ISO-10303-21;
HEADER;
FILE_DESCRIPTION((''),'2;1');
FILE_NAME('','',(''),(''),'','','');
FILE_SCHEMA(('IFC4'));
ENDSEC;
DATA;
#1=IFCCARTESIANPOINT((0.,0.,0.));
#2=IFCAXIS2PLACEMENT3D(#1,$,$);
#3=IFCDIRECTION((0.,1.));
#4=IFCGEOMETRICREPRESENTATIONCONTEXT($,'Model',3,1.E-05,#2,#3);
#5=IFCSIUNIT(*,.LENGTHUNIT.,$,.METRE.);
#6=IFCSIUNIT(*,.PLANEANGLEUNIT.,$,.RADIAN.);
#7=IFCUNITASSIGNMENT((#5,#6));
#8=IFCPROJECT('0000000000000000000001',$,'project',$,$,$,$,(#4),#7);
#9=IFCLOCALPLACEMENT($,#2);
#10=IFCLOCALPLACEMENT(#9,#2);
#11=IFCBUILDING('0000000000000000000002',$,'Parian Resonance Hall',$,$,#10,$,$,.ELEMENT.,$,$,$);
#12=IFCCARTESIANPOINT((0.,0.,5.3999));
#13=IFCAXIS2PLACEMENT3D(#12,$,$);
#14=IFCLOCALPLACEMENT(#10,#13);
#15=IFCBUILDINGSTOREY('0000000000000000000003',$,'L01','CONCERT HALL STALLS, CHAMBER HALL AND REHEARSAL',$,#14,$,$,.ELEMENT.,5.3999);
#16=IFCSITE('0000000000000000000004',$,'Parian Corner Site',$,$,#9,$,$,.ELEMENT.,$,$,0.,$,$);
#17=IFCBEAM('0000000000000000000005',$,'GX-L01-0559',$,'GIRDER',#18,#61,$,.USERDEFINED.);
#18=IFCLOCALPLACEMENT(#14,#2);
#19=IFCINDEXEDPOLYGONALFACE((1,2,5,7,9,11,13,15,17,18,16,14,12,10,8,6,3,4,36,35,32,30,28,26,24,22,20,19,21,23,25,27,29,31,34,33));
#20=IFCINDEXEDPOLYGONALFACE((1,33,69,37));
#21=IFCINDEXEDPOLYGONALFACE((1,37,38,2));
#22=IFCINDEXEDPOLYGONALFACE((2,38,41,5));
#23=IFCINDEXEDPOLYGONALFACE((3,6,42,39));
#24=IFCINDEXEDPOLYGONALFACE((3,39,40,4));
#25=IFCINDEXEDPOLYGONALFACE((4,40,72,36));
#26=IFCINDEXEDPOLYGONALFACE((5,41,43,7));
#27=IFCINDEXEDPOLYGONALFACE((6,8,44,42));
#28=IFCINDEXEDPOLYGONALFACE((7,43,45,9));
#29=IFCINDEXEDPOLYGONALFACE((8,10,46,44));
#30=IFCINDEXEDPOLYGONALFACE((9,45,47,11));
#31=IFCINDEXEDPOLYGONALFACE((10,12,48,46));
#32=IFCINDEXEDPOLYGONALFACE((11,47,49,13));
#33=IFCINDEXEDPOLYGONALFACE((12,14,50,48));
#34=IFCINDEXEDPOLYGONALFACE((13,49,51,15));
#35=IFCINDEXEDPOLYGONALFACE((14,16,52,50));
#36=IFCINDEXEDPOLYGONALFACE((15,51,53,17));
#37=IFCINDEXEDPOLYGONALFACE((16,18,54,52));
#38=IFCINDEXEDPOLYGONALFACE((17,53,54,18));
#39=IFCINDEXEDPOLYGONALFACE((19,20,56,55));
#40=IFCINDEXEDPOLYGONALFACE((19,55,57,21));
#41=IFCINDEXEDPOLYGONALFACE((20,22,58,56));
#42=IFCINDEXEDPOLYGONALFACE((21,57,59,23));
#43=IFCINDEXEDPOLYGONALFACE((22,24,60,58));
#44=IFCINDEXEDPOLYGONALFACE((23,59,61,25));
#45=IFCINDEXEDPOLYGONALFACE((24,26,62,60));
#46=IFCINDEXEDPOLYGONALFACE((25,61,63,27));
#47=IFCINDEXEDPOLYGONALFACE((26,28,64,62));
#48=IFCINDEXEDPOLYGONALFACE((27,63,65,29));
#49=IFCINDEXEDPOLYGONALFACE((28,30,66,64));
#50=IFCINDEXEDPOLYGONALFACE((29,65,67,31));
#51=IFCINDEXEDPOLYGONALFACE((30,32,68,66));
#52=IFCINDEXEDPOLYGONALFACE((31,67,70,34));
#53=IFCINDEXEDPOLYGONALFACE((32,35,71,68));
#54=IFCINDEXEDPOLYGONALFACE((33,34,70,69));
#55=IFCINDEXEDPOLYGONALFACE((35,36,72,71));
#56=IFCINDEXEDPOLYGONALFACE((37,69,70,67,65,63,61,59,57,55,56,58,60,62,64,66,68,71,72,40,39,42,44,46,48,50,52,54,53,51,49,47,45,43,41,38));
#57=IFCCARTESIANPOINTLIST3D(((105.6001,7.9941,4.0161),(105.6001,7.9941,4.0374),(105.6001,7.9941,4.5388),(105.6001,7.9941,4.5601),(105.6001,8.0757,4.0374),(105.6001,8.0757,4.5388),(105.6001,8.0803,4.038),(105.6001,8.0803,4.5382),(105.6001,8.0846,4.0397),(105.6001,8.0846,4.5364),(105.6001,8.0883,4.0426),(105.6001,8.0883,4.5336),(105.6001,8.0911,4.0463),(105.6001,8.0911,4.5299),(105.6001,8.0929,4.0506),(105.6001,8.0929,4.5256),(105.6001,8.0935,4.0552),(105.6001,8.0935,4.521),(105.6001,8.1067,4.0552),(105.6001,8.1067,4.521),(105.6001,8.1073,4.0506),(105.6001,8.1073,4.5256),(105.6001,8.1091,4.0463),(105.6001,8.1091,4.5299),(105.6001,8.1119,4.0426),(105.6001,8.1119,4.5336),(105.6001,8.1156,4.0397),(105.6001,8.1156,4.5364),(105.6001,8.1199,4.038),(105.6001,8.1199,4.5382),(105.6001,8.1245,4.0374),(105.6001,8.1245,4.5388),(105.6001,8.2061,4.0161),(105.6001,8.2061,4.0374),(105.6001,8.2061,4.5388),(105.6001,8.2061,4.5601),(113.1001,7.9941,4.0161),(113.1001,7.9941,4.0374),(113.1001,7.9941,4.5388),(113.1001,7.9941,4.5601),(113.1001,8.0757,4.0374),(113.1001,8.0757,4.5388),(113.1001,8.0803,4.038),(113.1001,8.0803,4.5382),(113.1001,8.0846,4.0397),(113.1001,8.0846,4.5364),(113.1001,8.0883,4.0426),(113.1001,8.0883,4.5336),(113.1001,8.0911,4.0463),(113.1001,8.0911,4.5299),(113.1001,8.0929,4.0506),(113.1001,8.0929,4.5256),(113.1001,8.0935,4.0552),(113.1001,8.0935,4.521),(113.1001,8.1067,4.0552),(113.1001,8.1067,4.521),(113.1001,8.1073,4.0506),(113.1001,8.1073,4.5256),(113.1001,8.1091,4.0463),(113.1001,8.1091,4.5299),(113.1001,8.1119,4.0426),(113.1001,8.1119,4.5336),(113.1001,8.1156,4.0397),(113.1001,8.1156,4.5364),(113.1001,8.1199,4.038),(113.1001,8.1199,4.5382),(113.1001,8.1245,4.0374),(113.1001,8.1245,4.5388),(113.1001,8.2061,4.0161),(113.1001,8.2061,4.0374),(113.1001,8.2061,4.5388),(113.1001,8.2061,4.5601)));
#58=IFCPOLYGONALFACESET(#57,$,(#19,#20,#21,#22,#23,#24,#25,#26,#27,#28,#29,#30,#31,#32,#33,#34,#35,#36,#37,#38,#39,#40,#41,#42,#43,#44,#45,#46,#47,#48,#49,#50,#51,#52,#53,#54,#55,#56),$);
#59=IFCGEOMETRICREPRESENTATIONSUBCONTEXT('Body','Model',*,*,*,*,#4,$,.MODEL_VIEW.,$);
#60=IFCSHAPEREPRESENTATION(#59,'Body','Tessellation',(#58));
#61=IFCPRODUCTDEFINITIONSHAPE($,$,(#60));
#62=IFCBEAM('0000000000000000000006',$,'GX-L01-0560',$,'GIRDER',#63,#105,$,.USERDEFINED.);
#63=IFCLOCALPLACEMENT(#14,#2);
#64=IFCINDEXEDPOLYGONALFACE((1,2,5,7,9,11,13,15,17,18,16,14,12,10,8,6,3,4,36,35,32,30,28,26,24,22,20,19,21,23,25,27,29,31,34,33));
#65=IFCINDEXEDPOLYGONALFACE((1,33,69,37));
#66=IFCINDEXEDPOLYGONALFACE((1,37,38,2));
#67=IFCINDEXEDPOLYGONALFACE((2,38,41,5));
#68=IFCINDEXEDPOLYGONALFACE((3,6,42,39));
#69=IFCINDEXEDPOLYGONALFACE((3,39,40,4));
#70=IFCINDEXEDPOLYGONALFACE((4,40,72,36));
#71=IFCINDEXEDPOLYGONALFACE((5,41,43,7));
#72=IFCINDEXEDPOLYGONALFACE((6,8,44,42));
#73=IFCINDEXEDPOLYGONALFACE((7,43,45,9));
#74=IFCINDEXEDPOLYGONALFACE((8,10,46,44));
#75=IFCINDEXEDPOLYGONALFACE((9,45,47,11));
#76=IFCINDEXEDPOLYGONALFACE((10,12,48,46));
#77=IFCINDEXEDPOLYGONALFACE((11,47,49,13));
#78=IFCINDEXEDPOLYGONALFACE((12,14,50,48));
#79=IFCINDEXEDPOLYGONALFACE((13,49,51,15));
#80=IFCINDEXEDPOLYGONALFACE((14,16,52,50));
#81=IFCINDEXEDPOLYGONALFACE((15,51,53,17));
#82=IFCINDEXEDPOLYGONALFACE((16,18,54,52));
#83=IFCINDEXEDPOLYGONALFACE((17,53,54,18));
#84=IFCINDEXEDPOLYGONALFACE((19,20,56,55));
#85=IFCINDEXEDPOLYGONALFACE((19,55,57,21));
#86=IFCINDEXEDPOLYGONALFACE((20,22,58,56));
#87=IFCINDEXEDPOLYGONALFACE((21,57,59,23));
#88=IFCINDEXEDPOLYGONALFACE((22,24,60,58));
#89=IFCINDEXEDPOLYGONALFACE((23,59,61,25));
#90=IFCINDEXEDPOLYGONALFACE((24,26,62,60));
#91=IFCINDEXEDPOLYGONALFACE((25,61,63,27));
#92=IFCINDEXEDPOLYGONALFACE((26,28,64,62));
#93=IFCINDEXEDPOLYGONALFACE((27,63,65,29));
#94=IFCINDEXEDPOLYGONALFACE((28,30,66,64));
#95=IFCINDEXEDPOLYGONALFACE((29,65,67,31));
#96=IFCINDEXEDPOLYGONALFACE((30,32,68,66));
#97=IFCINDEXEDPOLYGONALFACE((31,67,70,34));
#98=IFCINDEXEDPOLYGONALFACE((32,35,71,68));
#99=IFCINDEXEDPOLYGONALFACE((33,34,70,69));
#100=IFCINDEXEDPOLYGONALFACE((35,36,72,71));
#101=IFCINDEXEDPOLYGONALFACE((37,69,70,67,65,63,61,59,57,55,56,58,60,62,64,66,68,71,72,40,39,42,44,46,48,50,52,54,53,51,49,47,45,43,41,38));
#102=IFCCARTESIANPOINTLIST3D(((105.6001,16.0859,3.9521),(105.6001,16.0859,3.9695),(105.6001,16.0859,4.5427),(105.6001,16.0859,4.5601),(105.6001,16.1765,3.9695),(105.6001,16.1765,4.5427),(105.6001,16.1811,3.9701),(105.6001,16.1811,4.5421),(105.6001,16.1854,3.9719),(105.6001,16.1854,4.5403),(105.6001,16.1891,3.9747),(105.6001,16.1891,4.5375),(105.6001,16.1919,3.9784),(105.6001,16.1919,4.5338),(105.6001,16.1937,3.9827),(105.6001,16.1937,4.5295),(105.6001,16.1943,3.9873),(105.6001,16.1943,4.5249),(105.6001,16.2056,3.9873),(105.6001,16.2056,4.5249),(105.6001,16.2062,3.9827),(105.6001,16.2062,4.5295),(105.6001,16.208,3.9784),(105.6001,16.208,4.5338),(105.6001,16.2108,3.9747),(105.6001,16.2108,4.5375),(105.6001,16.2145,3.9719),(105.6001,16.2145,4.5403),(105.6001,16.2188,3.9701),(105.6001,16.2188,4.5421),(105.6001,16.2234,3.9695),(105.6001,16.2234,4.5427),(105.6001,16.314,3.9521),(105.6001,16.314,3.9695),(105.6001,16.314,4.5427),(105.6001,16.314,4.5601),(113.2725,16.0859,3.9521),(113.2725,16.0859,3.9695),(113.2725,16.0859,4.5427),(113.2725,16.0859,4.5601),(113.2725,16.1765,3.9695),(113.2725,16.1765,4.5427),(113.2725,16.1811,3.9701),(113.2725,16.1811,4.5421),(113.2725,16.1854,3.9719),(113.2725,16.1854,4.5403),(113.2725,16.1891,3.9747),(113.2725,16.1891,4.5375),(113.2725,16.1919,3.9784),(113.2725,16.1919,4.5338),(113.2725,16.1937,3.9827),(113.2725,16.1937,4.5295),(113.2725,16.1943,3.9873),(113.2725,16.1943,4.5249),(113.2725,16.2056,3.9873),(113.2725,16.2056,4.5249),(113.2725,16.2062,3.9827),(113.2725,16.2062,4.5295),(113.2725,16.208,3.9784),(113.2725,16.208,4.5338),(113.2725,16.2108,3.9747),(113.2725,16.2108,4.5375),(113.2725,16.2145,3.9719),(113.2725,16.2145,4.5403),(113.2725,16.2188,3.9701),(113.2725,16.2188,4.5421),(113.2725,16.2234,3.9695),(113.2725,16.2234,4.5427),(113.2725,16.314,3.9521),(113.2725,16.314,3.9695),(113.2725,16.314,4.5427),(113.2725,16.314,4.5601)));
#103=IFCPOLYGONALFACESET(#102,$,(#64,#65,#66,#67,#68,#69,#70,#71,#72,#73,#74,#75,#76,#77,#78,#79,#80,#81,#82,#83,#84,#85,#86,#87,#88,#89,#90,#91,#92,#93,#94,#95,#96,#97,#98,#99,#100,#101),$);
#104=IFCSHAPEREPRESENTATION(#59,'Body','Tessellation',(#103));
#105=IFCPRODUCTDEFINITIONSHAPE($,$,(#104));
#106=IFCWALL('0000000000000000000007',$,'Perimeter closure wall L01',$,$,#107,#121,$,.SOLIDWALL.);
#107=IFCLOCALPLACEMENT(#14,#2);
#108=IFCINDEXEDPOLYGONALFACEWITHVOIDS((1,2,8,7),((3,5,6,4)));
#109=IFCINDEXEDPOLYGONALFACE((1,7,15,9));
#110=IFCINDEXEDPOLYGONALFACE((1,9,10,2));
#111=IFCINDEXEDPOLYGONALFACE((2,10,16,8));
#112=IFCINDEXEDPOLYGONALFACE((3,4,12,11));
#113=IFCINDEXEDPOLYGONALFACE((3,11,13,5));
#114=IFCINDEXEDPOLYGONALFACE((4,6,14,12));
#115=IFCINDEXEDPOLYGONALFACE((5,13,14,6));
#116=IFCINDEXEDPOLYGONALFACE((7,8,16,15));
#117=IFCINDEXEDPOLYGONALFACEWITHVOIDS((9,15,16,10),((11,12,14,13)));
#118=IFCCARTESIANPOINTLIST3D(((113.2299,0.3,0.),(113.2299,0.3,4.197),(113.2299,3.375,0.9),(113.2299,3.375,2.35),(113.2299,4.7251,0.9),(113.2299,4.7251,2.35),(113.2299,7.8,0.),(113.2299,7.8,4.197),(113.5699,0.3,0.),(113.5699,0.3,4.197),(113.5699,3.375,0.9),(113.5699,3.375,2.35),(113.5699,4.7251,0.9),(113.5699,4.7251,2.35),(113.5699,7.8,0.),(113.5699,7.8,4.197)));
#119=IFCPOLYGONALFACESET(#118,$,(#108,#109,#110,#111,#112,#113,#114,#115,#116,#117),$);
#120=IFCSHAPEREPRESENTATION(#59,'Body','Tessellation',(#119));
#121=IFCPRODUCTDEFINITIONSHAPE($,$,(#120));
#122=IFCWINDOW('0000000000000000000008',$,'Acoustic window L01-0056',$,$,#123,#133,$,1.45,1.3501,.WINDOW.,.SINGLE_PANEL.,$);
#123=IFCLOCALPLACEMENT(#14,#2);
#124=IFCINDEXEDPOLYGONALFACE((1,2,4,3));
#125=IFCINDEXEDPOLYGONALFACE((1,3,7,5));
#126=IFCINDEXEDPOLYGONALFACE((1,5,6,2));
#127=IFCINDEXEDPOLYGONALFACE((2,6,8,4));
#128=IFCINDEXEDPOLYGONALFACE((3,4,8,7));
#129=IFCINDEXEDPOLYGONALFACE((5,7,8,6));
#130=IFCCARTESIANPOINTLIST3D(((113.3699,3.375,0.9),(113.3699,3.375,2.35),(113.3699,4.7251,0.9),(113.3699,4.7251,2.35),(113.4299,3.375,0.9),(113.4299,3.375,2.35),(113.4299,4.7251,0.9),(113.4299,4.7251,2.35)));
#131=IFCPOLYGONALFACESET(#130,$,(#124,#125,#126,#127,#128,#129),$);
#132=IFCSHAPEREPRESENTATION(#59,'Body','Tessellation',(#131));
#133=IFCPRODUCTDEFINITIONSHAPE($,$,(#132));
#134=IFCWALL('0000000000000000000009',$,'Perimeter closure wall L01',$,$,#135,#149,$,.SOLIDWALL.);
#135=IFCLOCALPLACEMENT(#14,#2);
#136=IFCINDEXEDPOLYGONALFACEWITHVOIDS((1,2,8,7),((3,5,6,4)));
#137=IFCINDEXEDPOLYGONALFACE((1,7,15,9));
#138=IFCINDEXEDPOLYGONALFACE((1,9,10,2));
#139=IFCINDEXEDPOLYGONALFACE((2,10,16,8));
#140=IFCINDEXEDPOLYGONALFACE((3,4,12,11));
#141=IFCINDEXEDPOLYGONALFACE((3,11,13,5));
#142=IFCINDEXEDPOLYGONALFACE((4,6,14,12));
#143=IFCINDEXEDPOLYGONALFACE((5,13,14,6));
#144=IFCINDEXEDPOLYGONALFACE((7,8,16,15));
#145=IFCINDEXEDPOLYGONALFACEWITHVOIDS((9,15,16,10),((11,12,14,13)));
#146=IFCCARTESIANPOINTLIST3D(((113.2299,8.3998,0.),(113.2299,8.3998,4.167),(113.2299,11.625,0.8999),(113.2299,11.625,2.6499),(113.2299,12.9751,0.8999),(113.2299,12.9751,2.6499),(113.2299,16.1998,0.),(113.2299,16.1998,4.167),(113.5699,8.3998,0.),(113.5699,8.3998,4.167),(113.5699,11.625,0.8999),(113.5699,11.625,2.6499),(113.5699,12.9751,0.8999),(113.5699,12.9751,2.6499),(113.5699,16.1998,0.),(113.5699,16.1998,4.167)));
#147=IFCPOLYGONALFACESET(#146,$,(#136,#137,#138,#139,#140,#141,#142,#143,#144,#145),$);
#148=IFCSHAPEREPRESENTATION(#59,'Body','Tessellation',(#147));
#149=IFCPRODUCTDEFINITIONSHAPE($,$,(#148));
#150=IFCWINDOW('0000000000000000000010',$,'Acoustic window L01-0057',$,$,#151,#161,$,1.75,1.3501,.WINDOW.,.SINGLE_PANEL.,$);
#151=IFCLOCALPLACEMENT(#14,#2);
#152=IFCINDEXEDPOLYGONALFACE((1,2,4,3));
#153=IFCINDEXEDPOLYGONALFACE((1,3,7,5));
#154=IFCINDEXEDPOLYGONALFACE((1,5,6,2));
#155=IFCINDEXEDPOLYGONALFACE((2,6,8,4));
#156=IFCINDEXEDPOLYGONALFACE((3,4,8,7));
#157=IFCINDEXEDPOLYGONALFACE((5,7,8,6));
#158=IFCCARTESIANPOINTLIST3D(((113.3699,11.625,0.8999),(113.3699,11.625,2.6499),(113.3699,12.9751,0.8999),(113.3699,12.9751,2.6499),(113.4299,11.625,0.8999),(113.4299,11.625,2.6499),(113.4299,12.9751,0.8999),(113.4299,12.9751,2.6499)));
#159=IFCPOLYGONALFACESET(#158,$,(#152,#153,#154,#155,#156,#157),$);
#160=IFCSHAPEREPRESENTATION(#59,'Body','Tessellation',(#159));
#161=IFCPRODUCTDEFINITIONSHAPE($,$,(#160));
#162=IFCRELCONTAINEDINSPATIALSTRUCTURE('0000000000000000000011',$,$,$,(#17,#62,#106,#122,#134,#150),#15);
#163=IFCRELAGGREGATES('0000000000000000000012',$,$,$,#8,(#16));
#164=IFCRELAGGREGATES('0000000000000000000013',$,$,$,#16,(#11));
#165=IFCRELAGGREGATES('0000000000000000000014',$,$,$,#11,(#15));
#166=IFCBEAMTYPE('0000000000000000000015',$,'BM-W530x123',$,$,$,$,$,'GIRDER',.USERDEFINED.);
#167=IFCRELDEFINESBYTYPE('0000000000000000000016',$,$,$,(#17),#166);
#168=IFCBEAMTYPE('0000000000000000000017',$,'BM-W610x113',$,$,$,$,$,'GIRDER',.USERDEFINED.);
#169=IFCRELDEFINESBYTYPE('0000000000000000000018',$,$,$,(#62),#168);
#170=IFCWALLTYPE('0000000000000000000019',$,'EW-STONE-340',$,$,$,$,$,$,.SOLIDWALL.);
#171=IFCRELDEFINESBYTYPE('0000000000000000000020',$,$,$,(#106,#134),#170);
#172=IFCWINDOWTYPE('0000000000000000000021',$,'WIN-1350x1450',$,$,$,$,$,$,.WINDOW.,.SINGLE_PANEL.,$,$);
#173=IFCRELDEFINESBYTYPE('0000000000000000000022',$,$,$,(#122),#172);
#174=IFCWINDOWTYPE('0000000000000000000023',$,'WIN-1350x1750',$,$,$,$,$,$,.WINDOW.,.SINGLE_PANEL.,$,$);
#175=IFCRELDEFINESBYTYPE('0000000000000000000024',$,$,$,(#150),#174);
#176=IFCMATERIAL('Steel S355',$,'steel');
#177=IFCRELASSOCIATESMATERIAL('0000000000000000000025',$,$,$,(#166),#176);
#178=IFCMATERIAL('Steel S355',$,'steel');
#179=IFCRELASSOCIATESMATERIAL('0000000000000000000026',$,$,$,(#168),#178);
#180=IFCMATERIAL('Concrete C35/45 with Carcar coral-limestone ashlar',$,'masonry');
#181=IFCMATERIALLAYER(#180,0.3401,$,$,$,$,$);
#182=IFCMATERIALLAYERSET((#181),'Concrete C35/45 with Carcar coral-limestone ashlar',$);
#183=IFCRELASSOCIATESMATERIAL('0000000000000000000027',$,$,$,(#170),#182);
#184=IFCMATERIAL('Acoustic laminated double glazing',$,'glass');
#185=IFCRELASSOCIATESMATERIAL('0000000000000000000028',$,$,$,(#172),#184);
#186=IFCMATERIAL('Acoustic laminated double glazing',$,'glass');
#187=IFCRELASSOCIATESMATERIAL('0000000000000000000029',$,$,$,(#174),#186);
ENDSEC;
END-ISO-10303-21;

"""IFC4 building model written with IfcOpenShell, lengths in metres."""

from ifc_helpers import new_model, si_unit, direction, frame, frame_2d, origin, origin_2d, place, context, subcontext, project, spatial, rectangle, i_section, extrude, material, layer, layer_set, material_profile, profile_set, type_object, element, fill, save


model = new_model("IFC4")

# Units and contexts
model_context = context("Model", 3, precision=1e-05, world=origin(), true_north=direction((0.0, 1.0)))
body_context = subcontext(model_context, "Body", "Model", "MODEL_VIEW")
ifc_project = project(units=[si_unit("LENGTHUNIT", "METRE"), si_unit("PLANEANGLEUNIT", "RADIAN")], contexts=[model_context])

# Site, building, storey
site_placement = place(None, origin())
site = spatial("IfcSite", under=ifc_project, at=site_placement, Name="Parian Corner Site", CompositionType="ELEMENT", RefElevation=0.0)
building_placement = place(site_placement, origin())
building = spatial("IfcBuilding", under=site, at=building_placement, Name="Parian Resonance Hall", CompositionType="ELEMENT")
storey_placement = place(building_placement, frame((0.0, 0.0, 5.3999)))
storey = spatial("IfcBuildingStorey", under=building, at=storey_placement, Name="L01", Description="CONCERT HALL STALLS, CHAMBER HALL AND REHEARSAL", CompositionType="ELEMENT", Elevation=5.3999)

# Beams
ifc_material_1 = material(Name="Steel S355", Category="steel")
ifc_material_profile_1 = material_profile(ifc_material_1, i_section(OverallWidth=0.2119, OverallDepth=0.5439, WebThickness=0.0132, FlangeThickness=0.0212, FilletRadius=0.0178, at=origin_2d()), Name="W530x123")
ifc_profile_set_1 = profile_set([ifc_material_profile_1], Name="Steel S355")
beam_type_1 = type_object("IfcBeamType", Name="BM-W530x123", ElementType="GIRDER", PredefinedType="USERDEFINED", material=ifc_profile_set_1)
beam_1_placement = place(storey_placement, frame((105.6001, 8.1001, 4.2881), z_axis=(1.0, 0.0, 0.0), x_axis=(0.0, 1.0, 0.0)))
element("IfcBeam", 1, at=beam_1_placement, inside=storey, type_object=beam_type_1, Name="GX-L01-0559", ObjectType="GIRDER", PredefinedType="USERDEFINED", context=body_context, shape_type="SweptSolid", body=[
    extrude(i_section(OverallWidth=0.2119, OverallDepth=0.5439, WebThickness=0.0132, FlangeThickness=0.0212, FilletRadius=0.0178, at=origin_2d()), origin(), (0.0, 0.0, 1.0), 7.5),
])
ifc_material_2 = material(Name="Steel S355", Category="steel")
ifc_material_profile_2 = material_profile(ifc_material_2, i_section(OverallWidth=0.228, OverallDepth=0.6079, WebThickness=0.0112, FlangeThickness=0.0173, FilletRadius=0.0178, at=origin_2d()), Name="W610x113")
ifc_profile_set_2 = profile_set([ifc_material_profile_2], Name="Steel S355")
beam_type_2 = type_object("IfcBeamType", Name="BM-W610x113", ElementType="GIRDER", PredefinedType="USERDEFINED", material=ifc_profile_set_2)
beam_2_placement = place(storey_placement, frame((105.6001, 16.2, 4.2561), z_axis=(1.0, 0.0, 0.0), x_axis=(0.0, 1.0, 0.0)))
element("IfcBeam", 2, at=beam_2_placement, inside=storey, type_object=beam_type_2, Name="GX-L01-0560", ObjectType="GIRDER", PredefinedType="USERDEFINED", context=body_context, shape_type="SweptSolid", body=[
    extrude(i_section(OverallWidth=0.228, OverallDepth=0.6079, WebThickness=0.0112, FlangeThickness=0.0173, FilletRadius=0.0178, at=origin_2d()), origin(), (0.0, 0.0, 1.0), 7.6724),
])

# Walls, openings, windows
ifc_material_3 = material(Name="Concrete C35/45 with Carcar coral-limestone ashlar", Category="masonry")
ifc_layer_1 = layer(ifc_material_3, 0.3401)
ifc_layer_set_1 = layer_set([ifc_layer_1], Name="Concrete C35/45 with Carcar coral-limestone ashlar")
wall_type_1 = type_object("IfcWallType", Name="EW-STONE-340", PredefinedType="SOLIDWALL", material=ifc_layer_set_1)
wall_1_placement = place(storey_placement, frame((113.3999, 0.3, 0.0), z_axis=(0.0, 0.0, 1.0), x_axis=(0.0, 1.0, 0.0)))
wall_1 = element("IfcWall", 3, at=wall_1_placement, inside=storey, type_object=wall_type_1, Name="Perimeter closure wall L01", PredefinedType="SOLIDWALL", context=body_context, shape_type="SweptSolid", body=[
    extrude(rectangle(XDim=7.5, YDim=0.3401, at=frame_2d((3.75, 0.0))), origin(), (0.0, 0.0, 1.0), 4.197),
])
opening_1_placement = place(wall_1_placement, frame((3.075, 0.0, 0.8999)))
opening_1 = element("IfcOpeningElement", 4, at=opening_1_placement, cuts=wall_1, PredefinedType="OPENING", context=body_context, shape_type="SweptSolid", body=[
    extrude(rectangle(XDim=1.3501, YDim=1.45, at=frame_2d((0.675, 0.7251))), frame((0.0, 0.1799, 0.0), z_axis=(0.0, -1.0, 0.0), x_axis=(1.0, 0.0, 0.0)), (0.0, 0.0, 1.0), 0.3601),
])
ifc_material_4 = material(Name="Acoustic laminated double glazing", Category="glass")
window_type_1 = type_object("IfcWindowType", Name="WIN-1350x1450", PartitioningType="SINGLE_PANEL", PredefinedType="WINDOW", material=ifc_material_4)
window_1_placement = place(opening_1_placement, origin())
window_1 = element("IfcWindow", 5, at=window_1_placement, inside=storey, type_object=window_type_1, Name="Acoustic window L01-0056", OverallHeight=1.45, OverallWidth=1.3501, PartitioningType="SINGLE_PANEL", PredefinedType="WINDOW", context=body_context, shape_type="SweptSolid", body=[
    extrude(rectangle(XDim=1.3501, YDim=1.45, at=frame_2d((0.675, 0.7251))), frame((0.0, 0.03, 0.0), z_axis=(0.0, -1.0, 0.0), x_axis=(1.0, 0.0, 0.0)), (0.0, 0.0, 1.0), 0.0601),
])
fill(opening_1, window_1)
wall_2_placement = place(storey_placement, frame((113.3999, 8.3999, 0.0), z_axis=(0.0, 0.0, 1.0), x_axis=(0.0, 1.0, 0.0)))
wall_2 = element("IfcWall", 6, at=wall_2_placement, inside=storey, type_object=wall_type_1, Name="Perimeter closure wall L01", PredefinedType="SOLIDWALL", context=body_context, shape_type="SweptSolid", body=[
    extrude(rectangle(XDim=7.8, YDim=0.3401, at=frame_2d((3.8999, 0.0))), origin(), (0.0, 0.0, 1.0), 4.167),
])
opening_2_placement = place(wall_2_placement, frame((3.2251, 0.0, 0.8999)))
opening_2 = element("IfcOpeningElement", 7, at=opening_2_placement, cuts=wall_2, PredefinedType="OPENING", context=body_context, shape_type="SweptSolid", body=[
    extrude(rectangle(XDim=1.3501, YDim=1.75, at=frame_2d((0.675, 0.875))), frame((0.0, 0.1799, 0.0), z_axis=(0.0, -1.0, 0.0), x_axis=(1.0, 0.0, 0.0)), (0.0, 0.0, 1.0), 0.3601),
])
ifc_material_5 = material(Name="Acoustic laminated double glazing", Category="glass")
window_type_2 = type_object("IfcWindowType", Name="WIN-1350x1750", PartitioningType="SINGLE_PANEL", PredefinedType="WINDOW", material=ifc_material_5)
window_2_placement = place(opening_2_placement, origin())
window_2 = element("IfcWindow", 8, at=window_2_placement, inside=storey, type_object=window_type_2, Name="Acoustic window L01-0057", OverallHeight=1.75, OverallWidth=1.3501, PartitioningType="SINGLE_PANEL", PredefinedType="WINDOW", context=body_context, shape_type="SweptSolid", body=[
    extrude(rectangle(XDim=1.3501, YDim=1.75, at=frame_2d((0.675, 0.875))), frame((0.0, 0.03, 0.0), z_axis=(0.0, -1.0, 0.0), x_axis=(1.0, 0.0, 0.0)), (0.0, 0.0, 1.0), 0.0601),
])
fill(opening_2, window_2)

save(model, "model.ifc")
